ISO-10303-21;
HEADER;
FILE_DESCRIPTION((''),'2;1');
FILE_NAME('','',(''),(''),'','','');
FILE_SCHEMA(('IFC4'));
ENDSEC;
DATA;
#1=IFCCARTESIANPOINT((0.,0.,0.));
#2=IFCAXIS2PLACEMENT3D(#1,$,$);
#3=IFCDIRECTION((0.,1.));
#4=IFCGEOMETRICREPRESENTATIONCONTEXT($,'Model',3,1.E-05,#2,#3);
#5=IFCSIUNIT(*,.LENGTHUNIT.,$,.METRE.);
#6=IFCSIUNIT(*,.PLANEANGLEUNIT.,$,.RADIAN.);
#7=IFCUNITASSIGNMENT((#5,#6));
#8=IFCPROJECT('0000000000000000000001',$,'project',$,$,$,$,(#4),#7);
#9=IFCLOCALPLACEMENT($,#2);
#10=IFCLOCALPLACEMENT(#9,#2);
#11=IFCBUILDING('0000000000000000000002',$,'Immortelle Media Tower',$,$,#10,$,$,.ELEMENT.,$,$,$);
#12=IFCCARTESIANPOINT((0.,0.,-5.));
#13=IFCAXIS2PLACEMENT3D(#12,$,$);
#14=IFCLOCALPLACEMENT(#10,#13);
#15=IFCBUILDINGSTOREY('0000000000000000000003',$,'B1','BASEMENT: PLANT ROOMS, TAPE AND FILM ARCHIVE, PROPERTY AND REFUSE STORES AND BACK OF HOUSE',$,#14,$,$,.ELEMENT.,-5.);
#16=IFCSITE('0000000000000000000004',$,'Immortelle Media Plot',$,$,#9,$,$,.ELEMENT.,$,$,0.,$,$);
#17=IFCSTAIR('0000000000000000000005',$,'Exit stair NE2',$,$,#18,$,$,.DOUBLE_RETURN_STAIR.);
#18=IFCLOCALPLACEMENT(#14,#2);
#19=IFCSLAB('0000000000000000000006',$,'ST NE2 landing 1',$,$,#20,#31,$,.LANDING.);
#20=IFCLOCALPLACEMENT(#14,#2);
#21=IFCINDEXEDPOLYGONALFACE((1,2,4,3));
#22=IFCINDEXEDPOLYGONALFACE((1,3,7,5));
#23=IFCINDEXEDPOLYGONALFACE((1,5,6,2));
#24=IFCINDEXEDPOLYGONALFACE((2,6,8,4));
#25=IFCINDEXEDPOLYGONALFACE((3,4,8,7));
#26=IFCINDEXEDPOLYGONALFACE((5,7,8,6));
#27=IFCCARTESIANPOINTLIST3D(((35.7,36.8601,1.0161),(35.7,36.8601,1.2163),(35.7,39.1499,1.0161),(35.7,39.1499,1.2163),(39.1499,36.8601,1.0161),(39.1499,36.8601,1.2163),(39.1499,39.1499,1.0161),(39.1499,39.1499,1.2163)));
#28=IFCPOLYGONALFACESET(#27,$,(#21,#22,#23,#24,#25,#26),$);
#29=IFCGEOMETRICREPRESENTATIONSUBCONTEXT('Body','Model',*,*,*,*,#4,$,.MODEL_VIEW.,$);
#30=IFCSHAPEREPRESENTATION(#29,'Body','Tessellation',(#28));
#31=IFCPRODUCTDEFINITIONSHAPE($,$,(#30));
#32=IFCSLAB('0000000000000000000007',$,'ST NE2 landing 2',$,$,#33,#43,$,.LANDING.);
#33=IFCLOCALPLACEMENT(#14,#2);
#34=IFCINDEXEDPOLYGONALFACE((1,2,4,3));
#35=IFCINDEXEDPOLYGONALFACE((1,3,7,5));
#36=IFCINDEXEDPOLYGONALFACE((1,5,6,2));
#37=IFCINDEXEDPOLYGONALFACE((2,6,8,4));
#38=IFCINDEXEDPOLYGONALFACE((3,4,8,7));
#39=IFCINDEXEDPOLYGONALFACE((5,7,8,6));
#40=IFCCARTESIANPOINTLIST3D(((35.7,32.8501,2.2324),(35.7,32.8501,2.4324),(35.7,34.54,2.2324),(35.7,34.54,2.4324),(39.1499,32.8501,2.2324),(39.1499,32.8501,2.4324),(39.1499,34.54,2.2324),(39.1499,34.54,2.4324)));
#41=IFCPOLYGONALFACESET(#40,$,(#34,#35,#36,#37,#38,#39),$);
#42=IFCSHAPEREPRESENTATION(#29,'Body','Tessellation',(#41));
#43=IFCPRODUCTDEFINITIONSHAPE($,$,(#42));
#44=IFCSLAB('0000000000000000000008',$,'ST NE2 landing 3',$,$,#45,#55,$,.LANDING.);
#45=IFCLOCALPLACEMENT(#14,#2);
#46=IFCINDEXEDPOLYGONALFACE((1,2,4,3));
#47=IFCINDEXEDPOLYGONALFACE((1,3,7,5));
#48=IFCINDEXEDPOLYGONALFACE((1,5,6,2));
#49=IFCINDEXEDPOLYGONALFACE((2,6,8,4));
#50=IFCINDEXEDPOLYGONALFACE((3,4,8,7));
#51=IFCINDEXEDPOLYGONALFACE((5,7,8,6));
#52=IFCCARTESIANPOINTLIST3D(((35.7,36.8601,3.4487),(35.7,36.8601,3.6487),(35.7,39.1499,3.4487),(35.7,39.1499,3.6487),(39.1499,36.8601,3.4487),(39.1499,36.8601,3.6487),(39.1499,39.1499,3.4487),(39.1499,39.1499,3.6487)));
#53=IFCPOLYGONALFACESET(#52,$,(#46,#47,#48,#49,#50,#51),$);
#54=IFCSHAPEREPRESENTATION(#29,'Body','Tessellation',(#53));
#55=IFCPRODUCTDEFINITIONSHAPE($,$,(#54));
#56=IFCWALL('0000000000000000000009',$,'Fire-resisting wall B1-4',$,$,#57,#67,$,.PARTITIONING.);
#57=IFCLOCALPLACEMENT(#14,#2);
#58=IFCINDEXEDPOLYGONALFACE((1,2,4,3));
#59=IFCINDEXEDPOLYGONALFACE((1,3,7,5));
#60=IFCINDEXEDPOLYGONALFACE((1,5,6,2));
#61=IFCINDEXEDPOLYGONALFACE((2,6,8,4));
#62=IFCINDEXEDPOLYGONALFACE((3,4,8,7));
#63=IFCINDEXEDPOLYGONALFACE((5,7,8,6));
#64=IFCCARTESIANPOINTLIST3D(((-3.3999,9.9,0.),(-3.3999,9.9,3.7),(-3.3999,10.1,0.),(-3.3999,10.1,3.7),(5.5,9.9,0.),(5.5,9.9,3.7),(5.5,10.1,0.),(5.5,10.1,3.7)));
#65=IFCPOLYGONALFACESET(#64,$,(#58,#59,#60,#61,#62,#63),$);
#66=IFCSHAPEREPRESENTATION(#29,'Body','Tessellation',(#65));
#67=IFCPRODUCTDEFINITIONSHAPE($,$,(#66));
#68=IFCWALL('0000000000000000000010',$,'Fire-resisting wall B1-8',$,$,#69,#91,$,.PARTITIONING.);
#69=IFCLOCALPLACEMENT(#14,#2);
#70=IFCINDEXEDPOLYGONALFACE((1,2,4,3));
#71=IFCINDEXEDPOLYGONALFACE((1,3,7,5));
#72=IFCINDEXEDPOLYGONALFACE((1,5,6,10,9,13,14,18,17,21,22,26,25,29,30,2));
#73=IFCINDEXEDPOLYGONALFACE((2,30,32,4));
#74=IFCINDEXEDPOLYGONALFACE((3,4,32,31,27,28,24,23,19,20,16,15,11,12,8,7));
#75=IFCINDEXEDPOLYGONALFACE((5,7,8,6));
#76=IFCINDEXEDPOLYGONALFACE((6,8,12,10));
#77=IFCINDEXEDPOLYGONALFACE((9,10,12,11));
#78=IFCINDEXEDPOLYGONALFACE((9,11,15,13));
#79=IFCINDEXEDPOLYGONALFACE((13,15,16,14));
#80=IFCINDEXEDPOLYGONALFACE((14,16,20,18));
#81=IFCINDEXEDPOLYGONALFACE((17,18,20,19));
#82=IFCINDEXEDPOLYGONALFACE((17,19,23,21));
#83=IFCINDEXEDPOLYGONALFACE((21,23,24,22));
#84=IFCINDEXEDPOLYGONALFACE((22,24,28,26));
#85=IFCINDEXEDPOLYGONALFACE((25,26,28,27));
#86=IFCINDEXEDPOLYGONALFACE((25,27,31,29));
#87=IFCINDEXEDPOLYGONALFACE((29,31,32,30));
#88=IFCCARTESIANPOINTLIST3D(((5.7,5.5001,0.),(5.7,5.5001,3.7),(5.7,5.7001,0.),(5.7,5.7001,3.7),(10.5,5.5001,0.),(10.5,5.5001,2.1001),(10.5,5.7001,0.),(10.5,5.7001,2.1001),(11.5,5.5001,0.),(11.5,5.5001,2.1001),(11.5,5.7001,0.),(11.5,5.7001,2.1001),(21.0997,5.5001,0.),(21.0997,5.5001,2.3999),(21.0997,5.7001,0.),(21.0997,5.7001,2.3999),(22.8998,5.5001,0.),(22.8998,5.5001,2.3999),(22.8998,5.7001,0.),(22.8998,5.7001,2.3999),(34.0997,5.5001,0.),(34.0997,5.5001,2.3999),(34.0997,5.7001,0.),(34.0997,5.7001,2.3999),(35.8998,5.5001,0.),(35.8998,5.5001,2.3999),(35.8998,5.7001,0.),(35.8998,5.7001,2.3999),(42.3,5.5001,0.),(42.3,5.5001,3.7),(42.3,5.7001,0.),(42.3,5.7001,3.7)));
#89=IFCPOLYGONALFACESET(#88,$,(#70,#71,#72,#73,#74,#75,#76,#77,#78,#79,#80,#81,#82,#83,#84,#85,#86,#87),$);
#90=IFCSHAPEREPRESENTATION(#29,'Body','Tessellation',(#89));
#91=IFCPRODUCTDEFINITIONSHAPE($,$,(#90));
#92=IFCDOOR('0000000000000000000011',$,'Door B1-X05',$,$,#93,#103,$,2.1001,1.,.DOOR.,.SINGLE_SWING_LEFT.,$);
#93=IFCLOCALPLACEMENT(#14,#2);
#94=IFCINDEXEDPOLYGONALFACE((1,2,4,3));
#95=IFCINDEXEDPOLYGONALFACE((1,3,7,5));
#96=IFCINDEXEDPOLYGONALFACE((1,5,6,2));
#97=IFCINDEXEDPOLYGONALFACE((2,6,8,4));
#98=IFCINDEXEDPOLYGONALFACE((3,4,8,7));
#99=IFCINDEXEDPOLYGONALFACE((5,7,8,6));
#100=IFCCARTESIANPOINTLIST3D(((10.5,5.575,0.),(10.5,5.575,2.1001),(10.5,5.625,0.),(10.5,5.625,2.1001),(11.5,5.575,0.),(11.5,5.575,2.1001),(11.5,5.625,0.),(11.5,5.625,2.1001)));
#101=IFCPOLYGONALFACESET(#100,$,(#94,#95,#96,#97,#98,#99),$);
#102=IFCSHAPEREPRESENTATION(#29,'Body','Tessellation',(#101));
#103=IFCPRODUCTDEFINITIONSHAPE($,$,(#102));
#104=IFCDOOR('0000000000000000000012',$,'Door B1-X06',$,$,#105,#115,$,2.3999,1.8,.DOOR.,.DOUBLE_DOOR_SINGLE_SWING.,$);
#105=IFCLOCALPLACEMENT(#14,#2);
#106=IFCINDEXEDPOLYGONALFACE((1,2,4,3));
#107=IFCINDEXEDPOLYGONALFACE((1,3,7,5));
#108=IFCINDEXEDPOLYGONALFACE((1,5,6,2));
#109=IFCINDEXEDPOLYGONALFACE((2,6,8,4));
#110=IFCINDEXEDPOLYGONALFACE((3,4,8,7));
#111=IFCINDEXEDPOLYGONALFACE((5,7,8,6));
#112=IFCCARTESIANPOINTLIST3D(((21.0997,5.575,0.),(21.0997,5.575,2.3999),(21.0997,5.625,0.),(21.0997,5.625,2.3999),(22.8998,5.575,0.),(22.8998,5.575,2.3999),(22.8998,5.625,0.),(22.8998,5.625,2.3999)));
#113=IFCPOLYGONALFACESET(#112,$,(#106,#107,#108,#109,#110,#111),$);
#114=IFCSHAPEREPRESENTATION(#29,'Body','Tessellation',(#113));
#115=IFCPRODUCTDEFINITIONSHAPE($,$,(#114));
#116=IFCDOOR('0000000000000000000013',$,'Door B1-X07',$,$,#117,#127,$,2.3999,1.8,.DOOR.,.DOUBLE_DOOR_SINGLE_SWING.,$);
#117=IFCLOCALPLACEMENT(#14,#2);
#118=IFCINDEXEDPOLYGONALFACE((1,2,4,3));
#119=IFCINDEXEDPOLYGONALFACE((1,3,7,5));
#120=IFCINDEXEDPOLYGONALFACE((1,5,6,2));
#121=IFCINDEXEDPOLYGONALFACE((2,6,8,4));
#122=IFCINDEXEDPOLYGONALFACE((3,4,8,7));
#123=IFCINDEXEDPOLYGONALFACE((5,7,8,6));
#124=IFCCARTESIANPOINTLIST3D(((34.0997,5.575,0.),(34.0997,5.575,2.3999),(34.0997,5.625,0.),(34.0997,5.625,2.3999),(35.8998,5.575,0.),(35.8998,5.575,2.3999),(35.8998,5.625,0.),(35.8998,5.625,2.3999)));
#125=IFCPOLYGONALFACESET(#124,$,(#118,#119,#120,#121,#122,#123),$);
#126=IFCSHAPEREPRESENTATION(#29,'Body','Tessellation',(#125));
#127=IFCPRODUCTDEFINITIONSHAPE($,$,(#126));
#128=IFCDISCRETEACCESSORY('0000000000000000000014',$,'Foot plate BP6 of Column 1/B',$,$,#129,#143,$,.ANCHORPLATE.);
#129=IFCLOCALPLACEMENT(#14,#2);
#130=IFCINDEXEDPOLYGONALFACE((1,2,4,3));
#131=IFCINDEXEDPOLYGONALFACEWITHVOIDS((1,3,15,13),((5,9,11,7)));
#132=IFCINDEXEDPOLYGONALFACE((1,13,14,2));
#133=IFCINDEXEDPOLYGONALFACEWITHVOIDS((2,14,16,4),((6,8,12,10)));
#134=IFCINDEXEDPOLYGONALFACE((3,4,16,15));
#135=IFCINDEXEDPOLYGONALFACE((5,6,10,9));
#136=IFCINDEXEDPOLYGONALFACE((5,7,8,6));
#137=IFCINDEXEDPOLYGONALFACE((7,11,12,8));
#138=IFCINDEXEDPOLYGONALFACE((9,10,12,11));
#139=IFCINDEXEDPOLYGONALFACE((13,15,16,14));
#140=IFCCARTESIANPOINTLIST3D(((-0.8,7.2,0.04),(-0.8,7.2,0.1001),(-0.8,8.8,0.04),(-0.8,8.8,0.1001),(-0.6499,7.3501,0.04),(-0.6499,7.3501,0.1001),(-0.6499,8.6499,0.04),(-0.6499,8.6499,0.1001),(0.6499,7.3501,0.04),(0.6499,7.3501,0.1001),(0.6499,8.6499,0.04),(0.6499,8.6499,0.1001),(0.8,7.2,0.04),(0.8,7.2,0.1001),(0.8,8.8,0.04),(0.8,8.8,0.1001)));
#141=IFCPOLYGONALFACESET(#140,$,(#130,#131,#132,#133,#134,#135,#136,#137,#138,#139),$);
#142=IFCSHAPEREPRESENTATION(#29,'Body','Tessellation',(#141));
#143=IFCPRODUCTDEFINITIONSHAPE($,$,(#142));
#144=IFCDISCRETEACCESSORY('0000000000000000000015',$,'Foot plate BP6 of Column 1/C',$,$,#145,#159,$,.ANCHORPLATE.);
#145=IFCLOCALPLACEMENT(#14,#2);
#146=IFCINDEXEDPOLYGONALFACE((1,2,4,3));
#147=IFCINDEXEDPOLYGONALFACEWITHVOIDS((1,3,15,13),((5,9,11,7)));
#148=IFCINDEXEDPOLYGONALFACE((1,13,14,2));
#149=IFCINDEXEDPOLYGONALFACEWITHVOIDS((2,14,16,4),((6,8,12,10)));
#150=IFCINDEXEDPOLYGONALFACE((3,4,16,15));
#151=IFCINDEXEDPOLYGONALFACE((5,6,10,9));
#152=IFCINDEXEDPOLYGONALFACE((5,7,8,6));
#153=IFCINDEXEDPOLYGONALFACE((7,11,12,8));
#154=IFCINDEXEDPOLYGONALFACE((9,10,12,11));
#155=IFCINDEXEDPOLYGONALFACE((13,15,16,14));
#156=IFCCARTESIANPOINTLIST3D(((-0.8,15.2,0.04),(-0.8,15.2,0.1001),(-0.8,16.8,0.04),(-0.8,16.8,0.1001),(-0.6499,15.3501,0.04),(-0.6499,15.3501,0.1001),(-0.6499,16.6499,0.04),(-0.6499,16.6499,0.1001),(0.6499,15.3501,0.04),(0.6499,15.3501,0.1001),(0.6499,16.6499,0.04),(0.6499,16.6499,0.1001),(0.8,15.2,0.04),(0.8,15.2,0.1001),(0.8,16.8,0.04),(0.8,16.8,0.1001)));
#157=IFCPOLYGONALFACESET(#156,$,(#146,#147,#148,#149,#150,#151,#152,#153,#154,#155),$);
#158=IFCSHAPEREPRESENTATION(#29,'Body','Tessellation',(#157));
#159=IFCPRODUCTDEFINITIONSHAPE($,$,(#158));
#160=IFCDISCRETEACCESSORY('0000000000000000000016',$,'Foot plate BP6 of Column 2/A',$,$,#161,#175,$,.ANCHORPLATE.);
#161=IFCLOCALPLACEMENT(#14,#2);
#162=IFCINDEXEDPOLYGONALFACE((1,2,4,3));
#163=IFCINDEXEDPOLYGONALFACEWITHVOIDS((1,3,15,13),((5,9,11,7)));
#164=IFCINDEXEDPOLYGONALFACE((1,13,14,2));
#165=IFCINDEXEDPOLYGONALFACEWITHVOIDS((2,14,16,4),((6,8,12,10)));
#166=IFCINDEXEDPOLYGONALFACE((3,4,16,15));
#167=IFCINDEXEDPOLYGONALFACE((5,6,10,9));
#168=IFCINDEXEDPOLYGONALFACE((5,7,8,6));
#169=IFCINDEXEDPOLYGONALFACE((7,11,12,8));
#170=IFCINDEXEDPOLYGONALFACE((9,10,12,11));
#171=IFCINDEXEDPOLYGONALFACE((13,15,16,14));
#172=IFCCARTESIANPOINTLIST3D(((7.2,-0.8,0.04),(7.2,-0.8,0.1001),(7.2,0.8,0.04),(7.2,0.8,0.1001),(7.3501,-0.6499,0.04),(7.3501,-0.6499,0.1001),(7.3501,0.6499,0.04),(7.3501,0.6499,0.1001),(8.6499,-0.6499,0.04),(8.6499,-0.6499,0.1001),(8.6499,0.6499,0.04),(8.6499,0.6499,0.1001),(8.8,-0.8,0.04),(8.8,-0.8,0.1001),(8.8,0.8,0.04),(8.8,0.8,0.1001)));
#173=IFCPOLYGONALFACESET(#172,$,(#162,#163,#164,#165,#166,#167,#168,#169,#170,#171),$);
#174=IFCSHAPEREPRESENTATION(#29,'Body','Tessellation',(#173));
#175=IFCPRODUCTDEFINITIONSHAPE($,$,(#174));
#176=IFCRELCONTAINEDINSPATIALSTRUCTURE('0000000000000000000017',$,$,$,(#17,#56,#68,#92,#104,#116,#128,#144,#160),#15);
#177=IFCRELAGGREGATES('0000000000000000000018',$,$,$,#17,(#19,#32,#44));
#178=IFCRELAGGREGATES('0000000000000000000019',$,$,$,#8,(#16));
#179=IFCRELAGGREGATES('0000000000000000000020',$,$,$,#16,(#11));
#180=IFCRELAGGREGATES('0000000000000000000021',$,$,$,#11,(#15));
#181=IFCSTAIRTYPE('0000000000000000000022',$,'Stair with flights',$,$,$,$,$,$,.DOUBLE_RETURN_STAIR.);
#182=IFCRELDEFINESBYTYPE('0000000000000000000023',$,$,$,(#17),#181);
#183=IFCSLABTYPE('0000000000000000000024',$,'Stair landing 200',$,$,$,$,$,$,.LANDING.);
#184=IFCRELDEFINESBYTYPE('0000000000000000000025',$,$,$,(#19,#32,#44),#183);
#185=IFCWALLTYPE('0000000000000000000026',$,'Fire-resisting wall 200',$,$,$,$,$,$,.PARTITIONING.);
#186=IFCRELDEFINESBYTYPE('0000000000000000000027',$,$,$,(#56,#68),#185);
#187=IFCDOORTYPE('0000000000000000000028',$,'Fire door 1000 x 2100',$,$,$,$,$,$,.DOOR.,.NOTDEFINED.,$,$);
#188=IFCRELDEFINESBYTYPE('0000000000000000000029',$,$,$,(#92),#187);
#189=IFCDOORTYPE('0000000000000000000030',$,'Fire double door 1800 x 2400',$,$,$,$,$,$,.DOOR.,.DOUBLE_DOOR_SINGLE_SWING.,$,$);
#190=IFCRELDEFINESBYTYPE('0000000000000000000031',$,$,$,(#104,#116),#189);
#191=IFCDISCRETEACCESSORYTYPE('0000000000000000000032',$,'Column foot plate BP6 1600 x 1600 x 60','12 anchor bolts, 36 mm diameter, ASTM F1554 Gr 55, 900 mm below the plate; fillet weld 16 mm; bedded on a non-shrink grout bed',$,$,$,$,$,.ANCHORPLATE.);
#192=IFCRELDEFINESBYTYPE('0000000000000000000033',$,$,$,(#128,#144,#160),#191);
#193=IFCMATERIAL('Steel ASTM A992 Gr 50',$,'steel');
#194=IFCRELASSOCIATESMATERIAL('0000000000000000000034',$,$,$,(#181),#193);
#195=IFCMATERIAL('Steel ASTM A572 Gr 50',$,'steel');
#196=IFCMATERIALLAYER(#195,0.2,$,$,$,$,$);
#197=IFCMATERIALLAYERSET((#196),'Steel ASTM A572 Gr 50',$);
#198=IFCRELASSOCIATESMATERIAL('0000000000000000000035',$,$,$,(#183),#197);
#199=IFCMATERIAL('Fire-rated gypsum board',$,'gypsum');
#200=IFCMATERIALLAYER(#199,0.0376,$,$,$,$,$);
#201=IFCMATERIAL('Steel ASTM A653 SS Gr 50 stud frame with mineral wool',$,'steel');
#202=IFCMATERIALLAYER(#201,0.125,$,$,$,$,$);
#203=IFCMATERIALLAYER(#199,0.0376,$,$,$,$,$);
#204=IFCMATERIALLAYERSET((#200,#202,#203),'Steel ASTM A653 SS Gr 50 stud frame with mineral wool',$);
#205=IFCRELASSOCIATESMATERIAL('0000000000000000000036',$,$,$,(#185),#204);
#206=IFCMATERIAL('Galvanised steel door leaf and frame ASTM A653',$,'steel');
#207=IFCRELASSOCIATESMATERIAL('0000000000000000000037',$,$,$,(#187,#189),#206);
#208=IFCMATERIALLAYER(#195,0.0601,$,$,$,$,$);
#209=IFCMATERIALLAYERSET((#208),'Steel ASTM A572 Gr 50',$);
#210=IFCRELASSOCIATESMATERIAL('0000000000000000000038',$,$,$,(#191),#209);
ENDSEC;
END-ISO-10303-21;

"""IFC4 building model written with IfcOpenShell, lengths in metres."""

from ifc_helpers import new_model, si_unit, direction, frame, frame_2d, origin, place, context, subcontext, project, spatial, polyline, rectangle, outline, extrude, material, layer, layer_set, type_object, element, fill, aggregate, save


model = new_model("IFC4")

# Units and contexts
model_context = context("Model", 3, precision=1e-05, world=origin(), true_north=direction((0.0, 1.0)))
body_context = subcontext(model_context, "Body", "Model", "MODEL_VIEW")
ifc_project = project(units=[si_unit("LENGTHUNIT", "METRE"), si_unit("PLANEANGLEUNIT", "RADIAN")], contexts=[model_context])

# Site, building, storey
site_placement = place(None, origin())
site = spatial("IfcSite", under=ifc_project, at=site_placement, Name="Immortelle Media Plot", CompositionType="ELEMENT", RefElevation=0.0)
building_placement = place(site_placement, origin())
building = spatial("IfcBuilding", under=site, at=building_placement, Name="Immortelle Media Tower", CompositionType="ELEMENT")
storey_placement = place(building_placement, frame((0.0, 0.0, -5.0)))
storey = spatial("IfcBuildingStorey", under=building, at=storey_placement, Name="B1", Description="BASEMENT: PLANT ROOMS, TAPE AND FILM ARCHIVE, PROPERTY AND REFUSE STORES AND BACK OF HOUSE", CompositionType="ELEMENT", Elevation=-5.0)

# Shared definitions
ifc_material_1 = material(Name="Steel ASTM A572 Gr 50", Category="steel")

# Shared definitions
ifc_material_2 = material(Name="Steel ASTM A992 Gr 50", Category="steel")
stair_type = type_object("IfcStairType", Name="Stair with flights", PredefinedType="DOUBLE_RETURN_STAIR", material=ifc_material_2)
ifc_layer_1 = layer(ifc_material_1, 0.2)
ifc_layer_set_1 = layer_set([ifc_layer_1], Name="Steel ASTM A572 Gr 50")
slab_type = type_object("IfcSlabType", Name="Stair landing 200", PredefinedType="LANDING", material=ifc_layer_set_1)

# Stair, slabs
stair_1_placement = place(storey_placement, origin())
stair_1 = element("IfcStair", 1, at=stair_1_placement, inside=storey, type_object=stair_type, Name="Exit stair NE2", PredefinedType="DOUBLE_RETURN_STAIR")
slab_1_placement = place(storey_placement, frame((0.0, 0.0, 1.0161)))
slab_1 = element("IfcSlab", 2, at=slab_1_placement, type_object=slab_type, Name="ST NE2 landing 1", PredefinedType="LANDING", context=body_context, shape_type="SweptSolid", body=[
    extrude(outline(polyline([(35.7, 36.8601), (39.1499, 36.8601), (39.1499, 39.1499), (35.7, 39.1499), (35.7, 36.8601)])), origin(), (0.0, 0.0, 1.0), 0.2002),
])
slab_2_placement = place(storey_placement, frame((0.0, 0.0, 2.2324)))
slab_2 = element("IfcSlab", 3, at=slab_2_placement, type_object=slab_type, Name="ST NE2 landing 2", PredefinedType="LANDING", context=body_context, shape_type="SweptSolid", body=[
    extrude(outline(polyline([(35.7, 32.8501), (39.1499, 32.8501), (39.1499, 34.54), (35.7, 34.54), (35.7, 32.8501)])), origin(), (0.0, 0.0, 1.0), 0.2),
])
slab_3_placement = place(storey_placement, frame((0.0, 0.0, 3.4487)))
slab_3 = element("IfcSlab", 4, at=slab_3_placement, type_object=slab_type, Name="ST NE2 landing 3", PredefinedType="LANDING", context=body_context, shape_type="SweptSolid", body=[
    extrude(outline(polyline([(35.7, 36.8601), (39.1499, 36.8601), (39.1499, 39.1499), (35.7, 39.1499), (35.7, 36.8601)])), origin(), (0.0, 0.0, 1.0), 0.2),
])
aggregate(stair_1, [slab_1, slab_2, slab_3])

# Wall
ifc_material_3 = material(Name="Fire-rated gypsum board", Category="gypsum")
ifc_layer_2 = layer(ifc_material_3, 0.0376)
ifc_material_4 = material(Name="Steel ASTM A653 SS Gr 50 stud frame with mineral wool", Category="steel")
ifc_layer_3 = layer(ifc_material_4, 0.125)
ifc_layer_4 = layer(ifc_material_3, 0.0376)
ifc_layer_set_2 = layer_set([ifc_layer_2, ifc_layer_3, ifc_layer_4], Name="Steel ASTM A653 SS Gr 50 stud frame with mineral wool")
wall_type = type_object("IfcWallType", Name="Fire-resisting wall 200", PredefinedType="PARTITIONING", material=ifc_layer_set_2)
wall_1_placement = place(storey_placement, frame((-3.3999, 10.0, 0.0), z_axis=(0.0, 0.0, 1.0), x_axis=(1.0, 0.0, 0.0)))
element("IfcWall", 5, at=wall_1_placement, inside=storey, type_object=wall_type, Name="Fire-resisting wall B1-4", PredefinedType="PARTITIONING", context=body_context, shape_type="SweptSolid", body=[
    extrude(rectangle(XDim=8.8999, YDim=0.2, at=frame_2d((4.45, 0.0))), origin(), (0.0, 0.0, 1.0), 3.7),
])

# Wall, openings, doors
wall_2_placement = place(storey_placement, frame((5.7, 5.6001, 0.0), z_axis=(0.0, 0.0, 1.0), x_axis=(1.0, 0.0, 0.0)))
wall_2 = element("IfcWall", 6, at=wall_2_placement, inside=storey, type_object=wall_type, Name="Fire-resisting wall B1-8", PredefinedType="PARTITIONING", context=body_context, shape_type="SweptSolid", body=[
    extrude(rectangle(XDim=36.6001, YDim=0.2, at=frame_2d((18.3, 0.0))), origin(), (0.0, 0.0, 1.0), 3.7),
])
opening_1_placement = place(wall_2_placement, frame((4.8, 0.0, 0.0)))
opening_1 = element("IfcOpeningElement", 7, at=opening_1_placement, cuts=wall_2, PredefinedType="OPENING", context=body_context, shape_type="SweptSolid", body=[
    extrude(rectangle(XDim=1.0, YDim=2.1001, at=frame_2d((0.5, 1.05))), frame((0.0, 0.1099, 0.0), z_axis=(0.0, -1.0, 0.0), x_axis=(1.0, 0.0, 0.0)), (0.0, 0.0, 1.0), 0.22),
])
opening_2_placement = place(wall_2_placement, frame((15.3999, 0.0, 0.0)))
opening_2 = element("IfcOpeningElement", 8, at=opening_2_placement, cuts=wall_2, PredefinedType="OPENING", context=body_context, shape_type="SweptSolid", body=[
    extrude(rectangle(XDim=1.8, YDim=2.3999, at=frame_2d((0.8999, 1.2))), frame((0.0, 0.1099, 0.0), z_axis=(0.0, -1.0, 0.0), x_axis=(1.0, 0.0, 0.0)), (0.0, 0.0, 1.0), 0.22),
])
opening_3_placement = place(wall_2_placement, frame((28.3999, 0.0, 0.0)))
opening_3 = element("IfcOpeningElement", 9, at=opening_3_placement, cuts=wall_2, PredefinedType="OPENING", context=body_context, shape_type="SweptSolid", body=[
    extrude(rectangle(XDim=1.8, YDim=2.3999, at=frame_2d((0.8999, 1.2))), frame((0.0, 0.1099, 0.0), z_axis=(0.0, -1.0, 0.0), x_axis=(1.0, 0.0, 0.0)), (0.0, 0.0, 1.0), 0.22),
])
ifc_material_5 = material(Name="Galvanised steel door leaf and frame ASTM A653", Category="steel")
door_type_1 = type_object("IfcDoorType", Name="Fire door 1000 x 2100", OperationType="NOTDEFINED", PredefinedType="DOOR", material=ifc_material_5)
door_1_placement = place(opening_1_placement, origin())
door_1 = element("IfcDoor", 10, at=door_1_placement, inside=storey, type_object=door_type_1, Name="Door B1-X05", OperationType="SINGLE_SWING_LEFT", OverallHeight=2.1001, OverallWidth=1.0, PredefinedType="DOOR", context=body_context, shape_type="SweptSolid", body=[
    extrude(rectangle(XDim=1.0, YDim=2.1001, at=frame_2d((0.5, 1.05))), frame((0.0, 0.0249, 0.0), z_axis=(0.0, -1.0, 0.0), x_axis=(1.0, 0.0, 0.0)), (0.0, 0.0, 1.0), 0.05),
])
fill(opening_1, door_1)
door_type_2 = type_object("IfcDoorType", Name="Fire double door 1800 x 2400", OperationType="DOUBLE_DOOR_SINGLE_SWING", PredefinedType="DOOR", material=ifc_material_5)
door_2_placement = place(opening_2_placement, origin())
door_2 = element("IfcDoor", 11, at=door_2_placement, inside=storey, type_object=door_type_2, Name="Door B1-X06", OperationType="DOUBLE_DOOR_SINGLE_SWING", OverallHeight=2.3999, OverallWidth=1.8, PredefinedType="DOOR", context=body_context, shape_type="SweptSolid", body=[
    extrude(rectangle(XDim=1.8, YDim=2.3999, at=frame_2d((0.8999, 1.2))), frame((0.0, 0.0249, 0.0), z_axis=(0.0, -1.0, 0.0), x_axis=(1.0, 0.0, 0.0)), (0.0, 0.0, 1.0), 0.05),
])
fill(opening_2, door_2)
door_3_placement = place(opening_3_placement, origin())
door_3 = element("IfcDoor", 12, at=door_3_placement, inside=storey, type_object=door_type_2, Name="Door B1-X07", OperationType="DOUBLE_DOOR_SINGLE_SWING", OverallHeight=2.3999, OverallWidth=1.8, PredefinedType="DOOR", context=body_context, shape_type="SweptSolid", body=[
    extrude(rectangle(XDim=1.8, YDim=2.3999, at=frame_2d((0.8999, 1.2))), frame((0.0, 0.0249, 0.0), z_axis=(0.0, -1.0, 0.0), x_axis=(1.0, 0.0, 0.0)), (0.0, 0.0, 1.0), 0.05),
])
fill(opening_3, door_3)

# Discrete accessories
ifc_layer_5 = layer(ifc_material_1, 0.0601)
ifc_layer_set_3 = layer_set([ifc_layer_5], Name="Steel ASTM A572 Gr 50")
discrete_accessory_type = type_object("IfcDiscreteAccessoryType", Name="Column foot plate BP6 1600 x 1600 x 60", Description="12 anchor bolts, 36 mm diameter, ASTM F1554 Gr 55, 900 mm below the plate; fillet weld 16 mm; bedded on a non-shrink grout bed", PredefinedType="ANCHORPLATE", material=ifc_layer_set_3)
for number, where, z_axis, x_axis, name in (
    (13, (0.0, 8.0, 0.04), (0.0, 0.0, 1.0), (1.0, 0.0, 0.0), "Foot plate BP6 of Column 1/B"),
    (14, (0.0, 16.0, 0.04), (0.0, 0.0, 1.0), (1.0, 0.0, 0.0), "Foot plate BP6 of Column 1/C"),
    (15, (8.0, 0.0, 0.04), (0.0, 0.0, 1.0), (1.0, 0.0, 0.0), "Foot plate BP6 of Column 2/A"),
):
    element("IfcDiscreteAccessory", number, at=place(storey_placement, frame(where, z_axis=z_axis, x_axis=x_axis)), inside=storey, type_object=discrete_accessory_type, Name=name, PredefinedType="ANCHORPLATE", context=body_context, shape_type="SweptSolid", body=[
        extrude(outline(polyline([(-0.8, -0.8), (0.8, -0.8), (0.8, 0.8), (-0.8, 0.8), (-0.8, -0.8)]), holes=[polyline([(0.6499, 0.6499), (0.6499, -0.6499), (-0.6499, -0.6499), (-0.6499, 0.6499), (0.6499, 0.6499)])]), origin(), (0.0, 0.0, 1.0), 0.0601),
    ])

save(model, "model.ifc")
